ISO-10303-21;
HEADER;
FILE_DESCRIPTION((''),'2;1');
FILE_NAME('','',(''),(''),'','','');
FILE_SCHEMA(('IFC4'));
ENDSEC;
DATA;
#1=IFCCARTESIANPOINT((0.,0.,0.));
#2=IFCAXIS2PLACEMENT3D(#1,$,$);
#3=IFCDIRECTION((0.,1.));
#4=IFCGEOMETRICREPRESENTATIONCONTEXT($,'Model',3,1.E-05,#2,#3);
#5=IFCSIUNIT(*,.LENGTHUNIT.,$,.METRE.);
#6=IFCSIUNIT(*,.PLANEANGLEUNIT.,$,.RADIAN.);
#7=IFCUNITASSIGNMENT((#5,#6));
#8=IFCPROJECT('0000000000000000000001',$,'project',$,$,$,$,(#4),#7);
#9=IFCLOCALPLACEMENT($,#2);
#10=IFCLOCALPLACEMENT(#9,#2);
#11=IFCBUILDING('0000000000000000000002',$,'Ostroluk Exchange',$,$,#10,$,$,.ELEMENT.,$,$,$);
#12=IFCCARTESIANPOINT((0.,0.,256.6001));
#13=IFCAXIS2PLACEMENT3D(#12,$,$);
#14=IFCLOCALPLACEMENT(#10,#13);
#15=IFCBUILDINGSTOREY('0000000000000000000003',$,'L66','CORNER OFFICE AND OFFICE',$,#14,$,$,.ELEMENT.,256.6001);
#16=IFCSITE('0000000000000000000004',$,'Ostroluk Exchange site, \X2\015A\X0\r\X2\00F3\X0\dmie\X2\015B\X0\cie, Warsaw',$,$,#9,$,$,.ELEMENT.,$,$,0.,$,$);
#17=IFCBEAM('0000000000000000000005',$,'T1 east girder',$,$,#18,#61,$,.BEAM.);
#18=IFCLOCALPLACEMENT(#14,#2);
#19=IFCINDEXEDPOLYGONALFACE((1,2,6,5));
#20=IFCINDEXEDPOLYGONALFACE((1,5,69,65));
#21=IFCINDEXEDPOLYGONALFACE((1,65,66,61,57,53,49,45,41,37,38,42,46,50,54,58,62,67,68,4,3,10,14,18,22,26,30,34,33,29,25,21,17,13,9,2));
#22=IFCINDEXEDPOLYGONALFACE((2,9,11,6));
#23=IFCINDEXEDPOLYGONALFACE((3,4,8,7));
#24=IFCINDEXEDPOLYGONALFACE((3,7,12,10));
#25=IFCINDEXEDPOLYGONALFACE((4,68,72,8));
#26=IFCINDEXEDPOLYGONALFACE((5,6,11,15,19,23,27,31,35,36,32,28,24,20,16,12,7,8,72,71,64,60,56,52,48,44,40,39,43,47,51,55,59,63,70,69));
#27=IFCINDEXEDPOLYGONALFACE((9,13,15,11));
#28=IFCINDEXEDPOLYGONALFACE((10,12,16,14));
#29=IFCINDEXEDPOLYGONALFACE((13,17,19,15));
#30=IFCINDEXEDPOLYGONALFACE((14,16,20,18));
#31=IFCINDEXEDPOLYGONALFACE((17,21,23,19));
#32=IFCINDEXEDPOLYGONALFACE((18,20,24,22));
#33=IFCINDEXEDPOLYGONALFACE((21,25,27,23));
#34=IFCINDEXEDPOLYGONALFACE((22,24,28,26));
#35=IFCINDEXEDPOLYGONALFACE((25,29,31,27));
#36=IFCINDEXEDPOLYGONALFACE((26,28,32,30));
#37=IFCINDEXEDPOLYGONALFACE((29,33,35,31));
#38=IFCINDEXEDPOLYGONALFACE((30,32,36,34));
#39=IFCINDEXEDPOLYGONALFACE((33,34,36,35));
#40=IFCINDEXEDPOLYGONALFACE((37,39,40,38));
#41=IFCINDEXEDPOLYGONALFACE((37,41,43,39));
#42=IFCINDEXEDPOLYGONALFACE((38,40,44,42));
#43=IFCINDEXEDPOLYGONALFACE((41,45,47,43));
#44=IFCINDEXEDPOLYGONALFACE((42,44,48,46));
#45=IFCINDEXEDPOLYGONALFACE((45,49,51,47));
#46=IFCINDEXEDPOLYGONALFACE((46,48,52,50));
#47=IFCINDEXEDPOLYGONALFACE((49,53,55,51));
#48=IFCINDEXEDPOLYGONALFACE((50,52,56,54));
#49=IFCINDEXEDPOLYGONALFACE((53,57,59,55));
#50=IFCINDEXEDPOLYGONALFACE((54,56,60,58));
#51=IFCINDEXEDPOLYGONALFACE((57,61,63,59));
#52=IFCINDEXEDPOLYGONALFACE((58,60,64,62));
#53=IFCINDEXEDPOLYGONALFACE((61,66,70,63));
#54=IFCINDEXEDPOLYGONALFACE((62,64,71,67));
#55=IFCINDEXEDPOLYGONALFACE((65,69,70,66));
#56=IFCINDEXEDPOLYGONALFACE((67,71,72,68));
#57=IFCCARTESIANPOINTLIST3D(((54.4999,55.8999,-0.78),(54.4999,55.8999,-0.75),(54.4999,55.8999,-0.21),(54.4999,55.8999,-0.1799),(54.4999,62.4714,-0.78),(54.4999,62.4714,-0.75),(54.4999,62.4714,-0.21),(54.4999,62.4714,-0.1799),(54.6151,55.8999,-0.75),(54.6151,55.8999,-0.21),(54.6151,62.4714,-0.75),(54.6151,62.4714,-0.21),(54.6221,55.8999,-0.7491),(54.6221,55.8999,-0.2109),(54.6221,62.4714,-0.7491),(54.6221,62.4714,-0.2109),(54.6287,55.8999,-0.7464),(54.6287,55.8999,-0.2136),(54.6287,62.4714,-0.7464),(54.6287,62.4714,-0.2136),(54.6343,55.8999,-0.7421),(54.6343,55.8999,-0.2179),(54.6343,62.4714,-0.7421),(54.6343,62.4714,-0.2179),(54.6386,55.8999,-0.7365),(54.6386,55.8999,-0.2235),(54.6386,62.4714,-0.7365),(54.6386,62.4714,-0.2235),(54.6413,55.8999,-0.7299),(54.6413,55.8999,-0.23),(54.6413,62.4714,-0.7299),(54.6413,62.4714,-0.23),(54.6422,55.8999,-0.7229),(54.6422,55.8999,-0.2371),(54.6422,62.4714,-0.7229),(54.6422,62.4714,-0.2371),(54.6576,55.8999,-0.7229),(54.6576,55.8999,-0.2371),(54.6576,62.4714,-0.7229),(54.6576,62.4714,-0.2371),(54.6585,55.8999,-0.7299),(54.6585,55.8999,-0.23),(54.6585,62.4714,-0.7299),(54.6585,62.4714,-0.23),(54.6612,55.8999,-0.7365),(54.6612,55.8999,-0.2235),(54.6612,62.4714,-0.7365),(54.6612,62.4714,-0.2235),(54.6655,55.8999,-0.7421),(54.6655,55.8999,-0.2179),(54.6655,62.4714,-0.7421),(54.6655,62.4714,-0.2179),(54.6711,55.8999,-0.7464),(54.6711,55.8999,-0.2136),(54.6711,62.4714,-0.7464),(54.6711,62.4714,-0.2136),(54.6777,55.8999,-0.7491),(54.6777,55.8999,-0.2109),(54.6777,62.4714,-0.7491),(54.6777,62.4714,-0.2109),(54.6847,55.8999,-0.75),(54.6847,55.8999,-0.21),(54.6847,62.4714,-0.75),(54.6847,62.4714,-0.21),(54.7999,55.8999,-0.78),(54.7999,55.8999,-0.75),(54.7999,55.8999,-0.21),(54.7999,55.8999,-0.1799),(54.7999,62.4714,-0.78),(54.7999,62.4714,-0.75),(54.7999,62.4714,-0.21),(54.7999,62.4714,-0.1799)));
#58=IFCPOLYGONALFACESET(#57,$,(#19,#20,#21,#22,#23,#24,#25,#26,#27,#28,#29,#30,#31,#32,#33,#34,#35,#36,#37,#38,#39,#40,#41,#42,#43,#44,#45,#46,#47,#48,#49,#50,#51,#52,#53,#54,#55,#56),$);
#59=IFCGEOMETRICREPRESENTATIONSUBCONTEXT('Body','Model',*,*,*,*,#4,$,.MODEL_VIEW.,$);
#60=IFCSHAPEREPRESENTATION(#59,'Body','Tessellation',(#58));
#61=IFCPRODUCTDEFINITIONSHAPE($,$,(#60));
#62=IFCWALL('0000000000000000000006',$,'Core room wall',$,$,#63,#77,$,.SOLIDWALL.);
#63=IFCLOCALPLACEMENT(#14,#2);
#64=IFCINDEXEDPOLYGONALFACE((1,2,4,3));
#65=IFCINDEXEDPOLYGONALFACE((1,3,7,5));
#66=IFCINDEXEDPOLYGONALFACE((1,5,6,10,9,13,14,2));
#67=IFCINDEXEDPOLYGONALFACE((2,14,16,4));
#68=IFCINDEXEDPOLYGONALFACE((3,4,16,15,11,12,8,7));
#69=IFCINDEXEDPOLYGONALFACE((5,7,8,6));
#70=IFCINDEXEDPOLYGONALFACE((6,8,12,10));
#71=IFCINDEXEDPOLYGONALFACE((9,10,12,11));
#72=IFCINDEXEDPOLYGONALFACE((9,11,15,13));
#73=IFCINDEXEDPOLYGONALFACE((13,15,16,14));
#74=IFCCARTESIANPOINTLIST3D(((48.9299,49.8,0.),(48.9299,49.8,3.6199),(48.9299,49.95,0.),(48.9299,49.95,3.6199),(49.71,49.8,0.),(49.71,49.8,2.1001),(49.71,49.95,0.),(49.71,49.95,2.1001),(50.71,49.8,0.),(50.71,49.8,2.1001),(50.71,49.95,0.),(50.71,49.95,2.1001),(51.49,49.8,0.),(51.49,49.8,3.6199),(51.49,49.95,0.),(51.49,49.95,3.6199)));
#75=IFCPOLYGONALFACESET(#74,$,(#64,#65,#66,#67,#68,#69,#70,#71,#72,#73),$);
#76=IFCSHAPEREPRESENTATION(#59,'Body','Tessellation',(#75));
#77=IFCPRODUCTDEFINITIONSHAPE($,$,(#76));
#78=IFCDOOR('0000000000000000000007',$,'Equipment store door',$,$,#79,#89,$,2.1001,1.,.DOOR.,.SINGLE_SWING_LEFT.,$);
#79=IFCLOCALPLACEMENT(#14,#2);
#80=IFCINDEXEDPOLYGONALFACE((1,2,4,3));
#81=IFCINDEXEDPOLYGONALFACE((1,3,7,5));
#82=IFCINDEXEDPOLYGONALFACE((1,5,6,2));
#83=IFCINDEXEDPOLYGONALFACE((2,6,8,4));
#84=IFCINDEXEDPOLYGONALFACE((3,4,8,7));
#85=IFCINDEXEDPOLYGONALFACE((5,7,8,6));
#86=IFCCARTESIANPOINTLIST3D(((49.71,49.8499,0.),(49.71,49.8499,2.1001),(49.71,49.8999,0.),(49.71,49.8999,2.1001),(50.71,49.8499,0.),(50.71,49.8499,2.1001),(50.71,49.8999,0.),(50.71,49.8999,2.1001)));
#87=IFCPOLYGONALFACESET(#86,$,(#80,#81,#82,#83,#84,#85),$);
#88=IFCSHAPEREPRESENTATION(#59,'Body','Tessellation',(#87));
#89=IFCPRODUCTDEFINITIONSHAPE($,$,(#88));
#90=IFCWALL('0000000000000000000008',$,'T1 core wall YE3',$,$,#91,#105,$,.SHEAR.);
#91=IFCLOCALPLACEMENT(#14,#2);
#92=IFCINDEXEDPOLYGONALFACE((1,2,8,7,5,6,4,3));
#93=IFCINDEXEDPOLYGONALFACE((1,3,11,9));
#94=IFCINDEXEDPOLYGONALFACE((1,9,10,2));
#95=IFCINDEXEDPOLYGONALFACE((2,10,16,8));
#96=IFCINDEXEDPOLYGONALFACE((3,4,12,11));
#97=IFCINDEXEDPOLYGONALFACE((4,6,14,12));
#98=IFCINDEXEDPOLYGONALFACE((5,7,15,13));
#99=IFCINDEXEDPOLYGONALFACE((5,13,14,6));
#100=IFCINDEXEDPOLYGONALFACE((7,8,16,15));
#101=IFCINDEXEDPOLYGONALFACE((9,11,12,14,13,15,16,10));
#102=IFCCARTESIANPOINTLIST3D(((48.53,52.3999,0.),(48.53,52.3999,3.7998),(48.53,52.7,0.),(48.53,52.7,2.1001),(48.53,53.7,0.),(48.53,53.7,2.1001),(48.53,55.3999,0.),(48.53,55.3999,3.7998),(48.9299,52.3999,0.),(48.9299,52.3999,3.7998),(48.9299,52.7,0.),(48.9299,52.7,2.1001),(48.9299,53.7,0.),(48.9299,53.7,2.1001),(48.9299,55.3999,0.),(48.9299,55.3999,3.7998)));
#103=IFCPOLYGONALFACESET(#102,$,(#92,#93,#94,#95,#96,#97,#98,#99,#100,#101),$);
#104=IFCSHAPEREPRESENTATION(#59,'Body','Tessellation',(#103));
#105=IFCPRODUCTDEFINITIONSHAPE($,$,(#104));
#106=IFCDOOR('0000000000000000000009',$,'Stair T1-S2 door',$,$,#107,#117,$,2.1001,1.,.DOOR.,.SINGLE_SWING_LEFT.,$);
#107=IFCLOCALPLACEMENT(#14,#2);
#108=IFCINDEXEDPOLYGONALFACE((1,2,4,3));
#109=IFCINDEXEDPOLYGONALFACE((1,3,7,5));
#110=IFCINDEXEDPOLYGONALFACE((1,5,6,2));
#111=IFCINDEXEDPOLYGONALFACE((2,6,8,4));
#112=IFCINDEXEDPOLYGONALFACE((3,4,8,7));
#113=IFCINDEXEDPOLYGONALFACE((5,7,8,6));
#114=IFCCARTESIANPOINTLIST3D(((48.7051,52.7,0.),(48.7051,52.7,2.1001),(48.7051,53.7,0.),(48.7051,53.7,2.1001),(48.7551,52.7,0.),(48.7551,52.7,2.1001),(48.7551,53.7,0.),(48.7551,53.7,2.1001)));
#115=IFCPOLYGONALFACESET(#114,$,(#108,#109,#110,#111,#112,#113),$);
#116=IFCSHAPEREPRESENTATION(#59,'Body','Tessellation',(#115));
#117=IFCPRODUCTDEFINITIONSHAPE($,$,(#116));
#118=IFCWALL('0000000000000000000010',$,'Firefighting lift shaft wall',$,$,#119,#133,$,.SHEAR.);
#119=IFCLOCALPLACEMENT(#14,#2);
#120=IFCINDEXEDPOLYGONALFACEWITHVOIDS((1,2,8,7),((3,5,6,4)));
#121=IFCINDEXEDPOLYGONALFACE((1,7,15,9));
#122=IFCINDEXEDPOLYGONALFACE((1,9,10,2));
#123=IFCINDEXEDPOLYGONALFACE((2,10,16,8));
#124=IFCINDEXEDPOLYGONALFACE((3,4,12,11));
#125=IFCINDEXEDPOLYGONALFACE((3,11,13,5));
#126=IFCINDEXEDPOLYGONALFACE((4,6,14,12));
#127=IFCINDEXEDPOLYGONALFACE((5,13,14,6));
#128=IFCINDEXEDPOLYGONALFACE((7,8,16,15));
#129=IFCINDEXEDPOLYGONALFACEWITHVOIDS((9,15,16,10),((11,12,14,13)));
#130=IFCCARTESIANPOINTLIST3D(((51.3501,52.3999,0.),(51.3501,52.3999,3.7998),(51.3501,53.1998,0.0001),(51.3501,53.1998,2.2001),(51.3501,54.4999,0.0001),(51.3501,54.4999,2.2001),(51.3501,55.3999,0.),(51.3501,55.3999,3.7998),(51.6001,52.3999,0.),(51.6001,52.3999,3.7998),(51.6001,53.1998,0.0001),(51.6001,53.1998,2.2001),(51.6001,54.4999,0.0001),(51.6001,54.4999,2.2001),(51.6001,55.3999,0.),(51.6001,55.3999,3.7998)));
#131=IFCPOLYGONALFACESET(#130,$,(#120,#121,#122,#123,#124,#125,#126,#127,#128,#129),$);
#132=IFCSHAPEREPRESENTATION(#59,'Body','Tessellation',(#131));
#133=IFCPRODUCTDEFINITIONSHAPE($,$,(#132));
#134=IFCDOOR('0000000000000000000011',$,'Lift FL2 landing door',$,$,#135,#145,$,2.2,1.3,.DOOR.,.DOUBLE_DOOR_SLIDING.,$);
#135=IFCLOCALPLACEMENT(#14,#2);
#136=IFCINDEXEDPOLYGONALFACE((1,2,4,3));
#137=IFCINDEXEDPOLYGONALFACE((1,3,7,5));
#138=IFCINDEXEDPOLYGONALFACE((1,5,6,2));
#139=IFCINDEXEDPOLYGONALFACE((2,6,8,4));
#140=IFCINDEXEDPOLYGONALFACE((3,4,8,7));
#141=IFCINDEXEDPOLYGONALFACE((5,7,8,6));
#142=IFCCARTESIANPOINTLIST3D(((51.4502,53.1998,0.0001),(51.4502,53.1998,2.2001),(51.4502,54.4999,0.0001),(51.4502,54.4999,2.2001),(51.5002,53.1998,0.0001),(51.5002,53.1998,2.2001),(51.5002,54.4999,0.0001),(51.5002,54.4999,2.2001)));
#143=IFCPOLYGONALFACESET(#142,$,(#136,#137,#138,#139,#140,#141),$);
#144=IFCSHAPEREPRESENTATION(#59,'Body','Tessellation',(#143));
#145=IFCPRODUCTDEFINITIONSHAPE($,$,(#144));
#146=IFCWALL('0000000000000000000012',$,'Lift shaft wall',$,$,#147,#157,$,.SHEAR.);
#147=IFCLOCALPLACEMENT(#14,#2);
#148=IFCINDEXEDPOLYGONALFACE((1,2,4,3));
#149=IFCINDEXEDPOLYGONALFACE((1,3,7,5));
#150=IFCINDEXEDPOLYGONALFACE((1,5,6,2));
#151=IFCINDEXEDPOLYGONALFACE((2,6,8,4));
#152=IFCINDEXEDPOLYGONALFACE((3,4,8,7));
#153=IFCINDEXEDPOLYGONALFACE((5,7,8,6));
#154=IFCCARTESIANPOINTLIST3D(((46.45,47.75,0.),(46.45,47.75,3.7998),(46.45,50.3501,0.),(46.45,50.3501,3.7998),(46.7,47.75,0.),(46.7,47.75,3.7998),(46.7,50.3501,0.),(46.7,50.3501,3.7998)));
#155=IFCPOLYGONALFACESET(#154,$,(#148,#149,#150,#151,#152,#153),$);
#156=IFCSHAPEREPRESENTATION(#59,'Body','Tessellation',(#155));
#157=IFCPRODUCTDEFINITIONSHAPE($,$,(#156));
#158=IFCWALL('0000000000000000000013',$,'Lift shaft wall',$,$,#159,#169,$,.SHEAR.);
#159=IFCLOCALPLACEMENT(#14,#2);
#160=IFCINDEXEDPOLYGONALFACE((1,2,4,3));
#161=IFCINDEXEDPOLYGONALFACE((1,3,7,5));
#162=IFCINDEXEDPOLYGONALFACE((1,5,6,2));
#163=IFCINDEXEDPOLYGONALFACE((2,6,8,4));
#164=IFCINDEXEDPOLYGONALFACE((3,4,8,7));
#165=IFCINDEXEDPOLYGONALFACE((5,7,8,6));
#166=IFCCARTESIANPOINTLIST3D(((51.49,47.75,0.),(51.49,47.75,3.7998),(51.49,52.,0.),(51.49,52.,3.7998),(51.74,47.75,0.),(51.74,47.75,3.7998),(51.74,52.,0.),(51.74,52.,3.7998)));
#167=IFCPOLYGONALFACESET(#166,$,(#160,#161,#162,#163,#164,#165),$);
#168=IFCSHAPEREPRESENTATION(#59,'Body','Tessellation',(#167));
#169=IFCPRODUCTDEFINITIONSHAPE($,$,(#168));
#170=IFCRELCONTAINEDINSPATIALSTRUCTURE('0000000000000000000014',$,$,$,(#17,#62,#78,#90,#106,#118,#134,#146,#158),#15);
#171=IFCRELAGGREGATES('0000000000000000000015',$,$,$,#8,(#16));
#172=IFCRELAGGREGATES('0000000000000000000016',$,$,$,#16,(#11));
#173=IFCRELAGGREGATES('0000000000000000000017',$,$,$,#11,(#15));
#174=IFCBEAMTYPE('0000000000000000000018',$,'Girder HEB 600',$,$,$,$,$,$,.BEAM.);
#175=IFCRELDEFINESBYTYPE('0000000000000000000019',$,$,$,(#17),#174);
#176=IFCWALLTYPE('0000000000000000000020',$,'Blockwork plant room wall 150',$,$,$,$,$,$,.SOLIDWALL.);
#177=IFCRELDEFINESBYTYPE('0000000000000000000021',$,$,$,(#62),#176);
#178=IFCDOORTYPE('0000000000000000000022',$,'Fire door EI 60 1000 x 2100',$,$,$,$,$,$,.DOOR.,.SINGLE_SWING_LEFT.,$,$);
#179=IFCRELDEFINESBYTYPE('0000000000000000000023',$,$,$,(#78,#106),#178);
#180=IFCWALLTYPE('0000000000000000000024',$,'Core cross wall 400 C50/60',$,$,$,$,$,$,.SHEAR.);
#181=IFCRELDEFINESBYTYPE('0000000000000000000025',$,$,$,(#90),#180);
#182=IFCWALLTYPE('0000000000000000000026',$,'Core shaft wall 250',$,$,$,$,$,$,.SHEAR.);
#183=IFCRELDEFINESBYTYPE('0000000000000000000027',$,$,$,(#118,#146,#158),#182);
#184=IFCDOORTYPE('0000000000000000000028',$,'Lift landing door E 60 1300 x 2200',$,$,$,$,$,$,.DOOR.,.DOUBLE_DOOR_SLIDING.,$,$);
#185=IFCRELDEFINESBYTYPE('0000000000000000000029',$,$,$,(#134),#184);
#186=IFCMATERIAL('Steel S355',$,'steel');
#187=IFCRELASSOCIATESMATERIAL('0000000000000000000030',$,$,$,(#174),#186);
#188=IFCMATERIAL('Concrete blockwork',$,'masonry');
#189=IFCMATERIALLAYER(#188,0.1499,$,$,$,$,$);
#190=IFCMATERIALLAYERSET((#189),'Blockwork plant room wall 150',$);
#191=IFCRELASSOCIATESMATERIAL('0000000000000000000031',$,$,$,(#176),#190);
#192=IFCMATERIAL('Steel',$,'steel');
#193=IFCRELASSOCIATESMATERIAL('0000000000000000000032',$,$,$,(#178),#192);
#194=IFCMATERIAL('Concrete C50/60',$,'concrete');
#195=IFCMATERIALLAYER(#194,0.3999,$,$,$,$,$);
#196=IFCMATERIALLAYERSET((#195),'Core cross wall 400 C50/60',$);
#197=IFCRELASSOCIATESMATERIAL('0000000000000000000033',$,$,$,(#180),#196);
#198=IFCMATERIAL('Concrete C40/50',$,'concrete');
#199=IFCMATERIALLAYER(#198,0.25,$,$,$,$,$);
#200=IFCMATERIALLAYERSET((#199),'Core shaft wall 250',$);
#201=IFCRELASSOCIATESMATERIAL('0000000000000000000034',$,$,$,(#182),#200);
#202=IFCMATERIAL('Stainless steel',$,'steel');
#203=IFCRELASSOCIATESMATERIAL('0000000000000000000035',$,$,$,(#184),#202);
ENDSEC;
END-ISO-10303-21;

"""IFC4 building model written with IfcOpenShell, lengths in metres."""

from ifc_helpers import new_model, si_unit, direction, frame, frame_2d, origin, origin_2d, place, context, subcontext, project, spatial, rectangle, i_section, extrude, material, layer, layer_set, material_profile, profile_set, type_object, element, fill, save


model = new_model("IFC4")

# Units and contexts
model_context = context("Model", 3, precision=1e-05, world=origin(), true_north=direction((0.0, 1.0)))
body_context = subcontext(model_context, "Body", "Model", "MODEL_VIEW")
ifc_project = project(units=[si_unit("LENGTHUNIT", "METRE"), si_unit("PLANEANGLEUNIT", "RADIAN")], contexts=[model_context])

# Site, building, storey
site_placement = place(None, origin())
site = spatial("IfcSite", under=ifc_project, at=site_placement, Name="Ostroluk Exchange site, Śródmieście, Warsaw", CompositionType="ELEMENT", RefElevation=0.0)
building_placement = place(site_placement, origin())
building = spatial("IfcBuilding", under=site, at=building_placement, Name="Ostroluk Exchange", CompositionType="ELEMENT")
storey_placement = place(building_placement, frame((0.0, 0.0, 256.6001)))
storey = spatial("IfcBuildingStorey", under=building, at=storey_placement, Name="L66", Description="CORNER OFFICE AND OFFICE", CompositionType="ELEMENT", Elevation=256.6001)

# Beam
ifc_material_1 = material(Name="Steel S355", Category="steel")
ifc_material_profile_1 = material_profile(ifc_material_1, i_section(OverallWidth=0.3, OverallDepth=0.6001, WebThickness=0.0154, FlangeThickness=0.03, FilletRadius=0.0271, at=origin_2d()), Name="HEB 600")
ifc_profile_set_1 = profile_set([ifc_material_profile_1], Name="Steel S355")
beam_type_1 = type_object("IfcBeamType", Name="Girder HEB 600", PredefinedType="BEAM", material=ifc_profile_set_1)
beam_placement = place(storey_placement, frame((54.6499, 55.8999, -0.48), z_axis=(0.0, 1.0, 0.0), x_axis=(-1.0, 0.0, 0.0)))
element("IfcBeam", 1, at=beam_placement, inside=storey, type_object=beam_type_1, Name="T1 east girder", PredefinedType="BEAM", context=body_context, shape_type="SweptSolid", body=[
    extrude(i_section(OverallWidth=0.3, OverallDepth=0.6001, WebThickness=0.0154, FlangeThickness=0.03, FilletRadius=0.0271, at=origin_2d()), origin(), (0.0, 0.0, 1.0), 6.5715),
])

# Walls, openings, doors
ifc_material_2 = material(Name="Concrete blockwork", Category="masonry")
ifc_layer_1 = layer(ifc_material_2, 0.1499)
ifc_layer_set_1 = layer_set([ifc_layer_1], Name="Blockwork plant room wall 150")
wall_type_1 = type_object("IfcWallType", Name="Blockwork plant room wall 150", PredefinedType="SOLIDWALL", material=ifc_layer_set_1)
wall_1_placement = place(storey_placement, frame((48.9299, 49.875, 0.0), z_axis=(0.0, 0.0, 1.0), x_axis=(1.0, 0.0, 0.0)))
wall_1 = element("IfcWall", 2, at=wall_1_placement, inside=storey, type_object=wall_type_1, Name="Core room wall", PredefinedType="SOLIDWALL", context=body_context, shape_type="SweptSolid", body=[
    extrude(rectangle(XDim=2.5601, YDim=0.1499, at=frame_2d((1.28, 0.0))), origin(), (0.0, 0.0, 1.0), 3.6199),
])
opening_1_placement = place(wall_1_placement, frame((0.78, 0.0, 0.0)))
opening_1 = element("IfcOpeningElement", 3, at=opening_1_placement, cuts=wall_1, PredefinedType="OPENING", context=body_context, shape_type="SweptSolid", body=[
    extrude(rectangle(XDim=1.0, YDim=2.1001, at=frame_2d((0.5, 1.05))), frame((0.0, 0.085, 0.0), z_axis=(0.0, -1.0, 0.0), x_axis=(1.0, 0.0, 0.0)), (0.0, 0.0, 1.0), 0.1699),
])
ifc_material_3 = material(Name="Steel", Category="steel")
door_type_1 = type_object("IfcDoorType", Name="Fire door EI 60 1000 x 2100", OperationType="SINGLE_SWING_LEFT", PredefinedType="DOOR", material=ifc_material_3)
door_1_placement = place(opening_1_placement, origin())
door_1 = element("IfcDoor", 4, at=door_1_placement, inside=storey, type_object=door_type_1, Name="Equipment store door", OperationType="SINGLE_SWING_LEFT", OverallHeight=2.1001, OverallWidth=1.0, PredefinedType="DOOR", context=body_context, shape_type="SweptSolid", body=[
    extrude(rectangle(XDim=1.0, YDim=2.1001, at=frame_2d((0.5, 1.05))), frame((0.0, 0.0249, 0.0), z_axis=(0.0, -1.0, 0.0), x_axis=(1.0, 0.0, 0.0)), (0.0, 0.0, 1.0), 0.05),
])
fill(opening_1, door_1)
ifc_material_4 = material(Name="Concrete C50/60", Category="concrete")
ifc_layer_2 = layer(ifc_material_4, 0.3999)
ifc_layer_set_2 = layer_set([ifc_layer_2], Name="Core cross wall 400 C50/60")
wall_type_2 = type_object("IfcWallType", Name="Core cross wall 400 C50/60", PredefinedType="SHEAR", material=ifc_layer_set_2)
wall_2_placement = place(storey_placement, frame((48.73, 52.3999, 0.0), z_axis=(0.0, 0.0, 1.0), x_axis=(0.0, 1.0, 0.0)))
wall_2 = element("IfcWall", 5, at=wall_2_placement, inside=storey, type_object=wall_type_2, Name="T1 core wall YE3", PredefinedType="SHEAR", context=body_context, shape_type="SweptSolid", body=[
    extrude(rectangle(XDim=3.0, YDim=0.3999, at=frame_2d((1.5, 0.0))), origin(), (0.0, 0.0, 1.0), 3.7998),
])
opening_2_placement = place(wall_2_placement, frame((0.3, 0.0, 0.0)))
opening_2 = element("IfcOpeningElement", 6, at=opening_2_placement, cuts=wall_2, PredefinedType="OPENING", context=body_context, shape_type="SweptSolid", body=[
    extrude(rectangle(XDim=1.0, YDim=2.1001, at=frame_2d((0.5, 1.05))), frame((0.0, 0.21, 0.0), z_axis=(0.0, -1.0, 0.0), x_axis=(1.0, 0.0, 0.0)), (0.0, 0.0, 1.0), 0.4199),
])
door_2_placement = place(opening_2_placement, origin())
door_2 = element("IfcDoor", 7, at=door_2_placement, inside=storey, type_object=door_type_1, Name="Stair T1-S2 door", OperationType="SINGLE_SWING_LEFT", OverallHeight=2.1001, OverallWidth=1.0, PredefinedType="DOOR", context=body_context, shape_type="SweptSolid", body=[
    extrude(rectangle(XDim=1.0, YDim=2.1001, at=frame_2d((0.5, 1.05))), frame((0.0, 0.0249, 0.0), z_axis=(0.0, -1.0, 0.0), x_axis=(1.0, 0.0, 0.0)), (0.0, 0.0, 1.0), 0.05),
])
fill(opening_2, door_2)
ifc_material_5 = material(Name="Concrete C40/50", Category="concrete")
ifc_layer_3 = layer(ifc_material_5, 0.25)
ifc_layer_set_3 = layer_set([ifc_layer_3], Name="Core shaft wall 250")
wall_type_3 = type_object("IfcWallType", Name="Core shaft wall 250", PredefinedType="SHEAR", material=ifc_layer_set_3)
wall_3_placement = place(storey_placement, frame((51.4751, 52.3999, 0.0), z_axis=(0.0, 0.0, 1.0), x_axis=(0.0, 1.0, 0.0)))
wall_3 = element("IfcWall", 8, at=wall_3_placement, inside=storey, type_object=wall_type_3, Name="Firefighting lift shaft wall", PredefinedType="SHEAR", context=body_context, shape_type="SweptSolid", body=[
    extrude(rectangle(XDim=3.0, YDim=0.25, at=frame_2d((1.5, 0.0))), origin(), (0.0, 0.0, 1.0), 3.7998),
])
opening_3_placement = place(wall_3_placement, frame((0.8, 0.0, 0.0)))
opening_3 = element("IfcOpeningElement", 9, at=opening_3_placement, cuts=wall_3, PredefinedType="OPENING", context=body_context, shape_type="SweptSolid", body=[
    extrude(rectangle(XDim=1.3, YDim=2.2, at=frame_2d((0.6499, 1.1001))), frame((0.0, 0.135, 0.0), z_axis=(0.0, -1.0, 0.0), x_axis=(1.0, 0.0, 0.0)), (0.0, 0.0, 1.0), 0.27),
])
ifc_material_6 = material(Name="Stainless steel", Category="steel")
door_type_2 = type_object("IfcDoorType", Name="Lift landing door E 60 1300 x 2200", OperationType="DOUBLE_DOOR_SLIDING", PredefinedType="DOOR", material=ifc_material_6)
door_3_placement = place(opening_3_placement, origin())
door_3 = element("IfcDoor", 10, at=door_3_placement, inside=storey, type_object=door_type_2, Name="Lift FL2 landing door", OperationType="DOUBLE_DOOR_SLIDING", OverallHeight=2.2, OverallWidth=1.3, PredefinedType="DOOR", context=body_context, shape_type="SweptSolid", body=[
    extrude(rectangle(XDim=1.3, YDim=2.2, at=frame_2d((0.6499, 1.1001))), frame((0.0, 0.0249, 0.0), z_axis=(0.0, -1.0, 0.0), x_axis=(1.0, 0.0, 0.0)), (0.0, 0.0, 1.0), 0.05),
])
fill(opening_3, door_3)

# Walls
wall_4_placement = place(storey_placement, frame((46.575, 47.75, 0.0), z_axis=(0.0, 0.0, 1.0), x_axis=(0.0, 1.0, 0.0)))
element("IfcWall", 11, at=wall_4_placement, inside=storey, type_object=wall_type_3, Name="Lift shaft wall", PredefinedType="SHEAR", context=body_context, shape_type="SweptSolid", body=[
    extrude(rectangle(XDim=2.6001, YDim=0.25, at=frame_2d((1.3, 0.0))), origin(), (0.0, 0.0, 1.0), 3.7998),
])
wall_5_placement = place(storey_placement, frame((51.615, 47.75, 0.0), z_axis=(0.0, 0.0, 1.0), x_axis=(0.0, 1.0, 0.0)))
element("IfcWall", 12, at=wall_5_placement, inside=storey, type_object=wall_type_3, Name="Lift shaft wall", PredefinedType="SHEAR", context=body_context, shape_type="SweptSolid", body=[
    extrude(rectangle(XDim=4.25, YDim=0.25, at=frame_2d((2.125, 0.0))), origin(), (0.0, 0.0, 1.0), 3.7998),
])

save(model, "model.ifc")
